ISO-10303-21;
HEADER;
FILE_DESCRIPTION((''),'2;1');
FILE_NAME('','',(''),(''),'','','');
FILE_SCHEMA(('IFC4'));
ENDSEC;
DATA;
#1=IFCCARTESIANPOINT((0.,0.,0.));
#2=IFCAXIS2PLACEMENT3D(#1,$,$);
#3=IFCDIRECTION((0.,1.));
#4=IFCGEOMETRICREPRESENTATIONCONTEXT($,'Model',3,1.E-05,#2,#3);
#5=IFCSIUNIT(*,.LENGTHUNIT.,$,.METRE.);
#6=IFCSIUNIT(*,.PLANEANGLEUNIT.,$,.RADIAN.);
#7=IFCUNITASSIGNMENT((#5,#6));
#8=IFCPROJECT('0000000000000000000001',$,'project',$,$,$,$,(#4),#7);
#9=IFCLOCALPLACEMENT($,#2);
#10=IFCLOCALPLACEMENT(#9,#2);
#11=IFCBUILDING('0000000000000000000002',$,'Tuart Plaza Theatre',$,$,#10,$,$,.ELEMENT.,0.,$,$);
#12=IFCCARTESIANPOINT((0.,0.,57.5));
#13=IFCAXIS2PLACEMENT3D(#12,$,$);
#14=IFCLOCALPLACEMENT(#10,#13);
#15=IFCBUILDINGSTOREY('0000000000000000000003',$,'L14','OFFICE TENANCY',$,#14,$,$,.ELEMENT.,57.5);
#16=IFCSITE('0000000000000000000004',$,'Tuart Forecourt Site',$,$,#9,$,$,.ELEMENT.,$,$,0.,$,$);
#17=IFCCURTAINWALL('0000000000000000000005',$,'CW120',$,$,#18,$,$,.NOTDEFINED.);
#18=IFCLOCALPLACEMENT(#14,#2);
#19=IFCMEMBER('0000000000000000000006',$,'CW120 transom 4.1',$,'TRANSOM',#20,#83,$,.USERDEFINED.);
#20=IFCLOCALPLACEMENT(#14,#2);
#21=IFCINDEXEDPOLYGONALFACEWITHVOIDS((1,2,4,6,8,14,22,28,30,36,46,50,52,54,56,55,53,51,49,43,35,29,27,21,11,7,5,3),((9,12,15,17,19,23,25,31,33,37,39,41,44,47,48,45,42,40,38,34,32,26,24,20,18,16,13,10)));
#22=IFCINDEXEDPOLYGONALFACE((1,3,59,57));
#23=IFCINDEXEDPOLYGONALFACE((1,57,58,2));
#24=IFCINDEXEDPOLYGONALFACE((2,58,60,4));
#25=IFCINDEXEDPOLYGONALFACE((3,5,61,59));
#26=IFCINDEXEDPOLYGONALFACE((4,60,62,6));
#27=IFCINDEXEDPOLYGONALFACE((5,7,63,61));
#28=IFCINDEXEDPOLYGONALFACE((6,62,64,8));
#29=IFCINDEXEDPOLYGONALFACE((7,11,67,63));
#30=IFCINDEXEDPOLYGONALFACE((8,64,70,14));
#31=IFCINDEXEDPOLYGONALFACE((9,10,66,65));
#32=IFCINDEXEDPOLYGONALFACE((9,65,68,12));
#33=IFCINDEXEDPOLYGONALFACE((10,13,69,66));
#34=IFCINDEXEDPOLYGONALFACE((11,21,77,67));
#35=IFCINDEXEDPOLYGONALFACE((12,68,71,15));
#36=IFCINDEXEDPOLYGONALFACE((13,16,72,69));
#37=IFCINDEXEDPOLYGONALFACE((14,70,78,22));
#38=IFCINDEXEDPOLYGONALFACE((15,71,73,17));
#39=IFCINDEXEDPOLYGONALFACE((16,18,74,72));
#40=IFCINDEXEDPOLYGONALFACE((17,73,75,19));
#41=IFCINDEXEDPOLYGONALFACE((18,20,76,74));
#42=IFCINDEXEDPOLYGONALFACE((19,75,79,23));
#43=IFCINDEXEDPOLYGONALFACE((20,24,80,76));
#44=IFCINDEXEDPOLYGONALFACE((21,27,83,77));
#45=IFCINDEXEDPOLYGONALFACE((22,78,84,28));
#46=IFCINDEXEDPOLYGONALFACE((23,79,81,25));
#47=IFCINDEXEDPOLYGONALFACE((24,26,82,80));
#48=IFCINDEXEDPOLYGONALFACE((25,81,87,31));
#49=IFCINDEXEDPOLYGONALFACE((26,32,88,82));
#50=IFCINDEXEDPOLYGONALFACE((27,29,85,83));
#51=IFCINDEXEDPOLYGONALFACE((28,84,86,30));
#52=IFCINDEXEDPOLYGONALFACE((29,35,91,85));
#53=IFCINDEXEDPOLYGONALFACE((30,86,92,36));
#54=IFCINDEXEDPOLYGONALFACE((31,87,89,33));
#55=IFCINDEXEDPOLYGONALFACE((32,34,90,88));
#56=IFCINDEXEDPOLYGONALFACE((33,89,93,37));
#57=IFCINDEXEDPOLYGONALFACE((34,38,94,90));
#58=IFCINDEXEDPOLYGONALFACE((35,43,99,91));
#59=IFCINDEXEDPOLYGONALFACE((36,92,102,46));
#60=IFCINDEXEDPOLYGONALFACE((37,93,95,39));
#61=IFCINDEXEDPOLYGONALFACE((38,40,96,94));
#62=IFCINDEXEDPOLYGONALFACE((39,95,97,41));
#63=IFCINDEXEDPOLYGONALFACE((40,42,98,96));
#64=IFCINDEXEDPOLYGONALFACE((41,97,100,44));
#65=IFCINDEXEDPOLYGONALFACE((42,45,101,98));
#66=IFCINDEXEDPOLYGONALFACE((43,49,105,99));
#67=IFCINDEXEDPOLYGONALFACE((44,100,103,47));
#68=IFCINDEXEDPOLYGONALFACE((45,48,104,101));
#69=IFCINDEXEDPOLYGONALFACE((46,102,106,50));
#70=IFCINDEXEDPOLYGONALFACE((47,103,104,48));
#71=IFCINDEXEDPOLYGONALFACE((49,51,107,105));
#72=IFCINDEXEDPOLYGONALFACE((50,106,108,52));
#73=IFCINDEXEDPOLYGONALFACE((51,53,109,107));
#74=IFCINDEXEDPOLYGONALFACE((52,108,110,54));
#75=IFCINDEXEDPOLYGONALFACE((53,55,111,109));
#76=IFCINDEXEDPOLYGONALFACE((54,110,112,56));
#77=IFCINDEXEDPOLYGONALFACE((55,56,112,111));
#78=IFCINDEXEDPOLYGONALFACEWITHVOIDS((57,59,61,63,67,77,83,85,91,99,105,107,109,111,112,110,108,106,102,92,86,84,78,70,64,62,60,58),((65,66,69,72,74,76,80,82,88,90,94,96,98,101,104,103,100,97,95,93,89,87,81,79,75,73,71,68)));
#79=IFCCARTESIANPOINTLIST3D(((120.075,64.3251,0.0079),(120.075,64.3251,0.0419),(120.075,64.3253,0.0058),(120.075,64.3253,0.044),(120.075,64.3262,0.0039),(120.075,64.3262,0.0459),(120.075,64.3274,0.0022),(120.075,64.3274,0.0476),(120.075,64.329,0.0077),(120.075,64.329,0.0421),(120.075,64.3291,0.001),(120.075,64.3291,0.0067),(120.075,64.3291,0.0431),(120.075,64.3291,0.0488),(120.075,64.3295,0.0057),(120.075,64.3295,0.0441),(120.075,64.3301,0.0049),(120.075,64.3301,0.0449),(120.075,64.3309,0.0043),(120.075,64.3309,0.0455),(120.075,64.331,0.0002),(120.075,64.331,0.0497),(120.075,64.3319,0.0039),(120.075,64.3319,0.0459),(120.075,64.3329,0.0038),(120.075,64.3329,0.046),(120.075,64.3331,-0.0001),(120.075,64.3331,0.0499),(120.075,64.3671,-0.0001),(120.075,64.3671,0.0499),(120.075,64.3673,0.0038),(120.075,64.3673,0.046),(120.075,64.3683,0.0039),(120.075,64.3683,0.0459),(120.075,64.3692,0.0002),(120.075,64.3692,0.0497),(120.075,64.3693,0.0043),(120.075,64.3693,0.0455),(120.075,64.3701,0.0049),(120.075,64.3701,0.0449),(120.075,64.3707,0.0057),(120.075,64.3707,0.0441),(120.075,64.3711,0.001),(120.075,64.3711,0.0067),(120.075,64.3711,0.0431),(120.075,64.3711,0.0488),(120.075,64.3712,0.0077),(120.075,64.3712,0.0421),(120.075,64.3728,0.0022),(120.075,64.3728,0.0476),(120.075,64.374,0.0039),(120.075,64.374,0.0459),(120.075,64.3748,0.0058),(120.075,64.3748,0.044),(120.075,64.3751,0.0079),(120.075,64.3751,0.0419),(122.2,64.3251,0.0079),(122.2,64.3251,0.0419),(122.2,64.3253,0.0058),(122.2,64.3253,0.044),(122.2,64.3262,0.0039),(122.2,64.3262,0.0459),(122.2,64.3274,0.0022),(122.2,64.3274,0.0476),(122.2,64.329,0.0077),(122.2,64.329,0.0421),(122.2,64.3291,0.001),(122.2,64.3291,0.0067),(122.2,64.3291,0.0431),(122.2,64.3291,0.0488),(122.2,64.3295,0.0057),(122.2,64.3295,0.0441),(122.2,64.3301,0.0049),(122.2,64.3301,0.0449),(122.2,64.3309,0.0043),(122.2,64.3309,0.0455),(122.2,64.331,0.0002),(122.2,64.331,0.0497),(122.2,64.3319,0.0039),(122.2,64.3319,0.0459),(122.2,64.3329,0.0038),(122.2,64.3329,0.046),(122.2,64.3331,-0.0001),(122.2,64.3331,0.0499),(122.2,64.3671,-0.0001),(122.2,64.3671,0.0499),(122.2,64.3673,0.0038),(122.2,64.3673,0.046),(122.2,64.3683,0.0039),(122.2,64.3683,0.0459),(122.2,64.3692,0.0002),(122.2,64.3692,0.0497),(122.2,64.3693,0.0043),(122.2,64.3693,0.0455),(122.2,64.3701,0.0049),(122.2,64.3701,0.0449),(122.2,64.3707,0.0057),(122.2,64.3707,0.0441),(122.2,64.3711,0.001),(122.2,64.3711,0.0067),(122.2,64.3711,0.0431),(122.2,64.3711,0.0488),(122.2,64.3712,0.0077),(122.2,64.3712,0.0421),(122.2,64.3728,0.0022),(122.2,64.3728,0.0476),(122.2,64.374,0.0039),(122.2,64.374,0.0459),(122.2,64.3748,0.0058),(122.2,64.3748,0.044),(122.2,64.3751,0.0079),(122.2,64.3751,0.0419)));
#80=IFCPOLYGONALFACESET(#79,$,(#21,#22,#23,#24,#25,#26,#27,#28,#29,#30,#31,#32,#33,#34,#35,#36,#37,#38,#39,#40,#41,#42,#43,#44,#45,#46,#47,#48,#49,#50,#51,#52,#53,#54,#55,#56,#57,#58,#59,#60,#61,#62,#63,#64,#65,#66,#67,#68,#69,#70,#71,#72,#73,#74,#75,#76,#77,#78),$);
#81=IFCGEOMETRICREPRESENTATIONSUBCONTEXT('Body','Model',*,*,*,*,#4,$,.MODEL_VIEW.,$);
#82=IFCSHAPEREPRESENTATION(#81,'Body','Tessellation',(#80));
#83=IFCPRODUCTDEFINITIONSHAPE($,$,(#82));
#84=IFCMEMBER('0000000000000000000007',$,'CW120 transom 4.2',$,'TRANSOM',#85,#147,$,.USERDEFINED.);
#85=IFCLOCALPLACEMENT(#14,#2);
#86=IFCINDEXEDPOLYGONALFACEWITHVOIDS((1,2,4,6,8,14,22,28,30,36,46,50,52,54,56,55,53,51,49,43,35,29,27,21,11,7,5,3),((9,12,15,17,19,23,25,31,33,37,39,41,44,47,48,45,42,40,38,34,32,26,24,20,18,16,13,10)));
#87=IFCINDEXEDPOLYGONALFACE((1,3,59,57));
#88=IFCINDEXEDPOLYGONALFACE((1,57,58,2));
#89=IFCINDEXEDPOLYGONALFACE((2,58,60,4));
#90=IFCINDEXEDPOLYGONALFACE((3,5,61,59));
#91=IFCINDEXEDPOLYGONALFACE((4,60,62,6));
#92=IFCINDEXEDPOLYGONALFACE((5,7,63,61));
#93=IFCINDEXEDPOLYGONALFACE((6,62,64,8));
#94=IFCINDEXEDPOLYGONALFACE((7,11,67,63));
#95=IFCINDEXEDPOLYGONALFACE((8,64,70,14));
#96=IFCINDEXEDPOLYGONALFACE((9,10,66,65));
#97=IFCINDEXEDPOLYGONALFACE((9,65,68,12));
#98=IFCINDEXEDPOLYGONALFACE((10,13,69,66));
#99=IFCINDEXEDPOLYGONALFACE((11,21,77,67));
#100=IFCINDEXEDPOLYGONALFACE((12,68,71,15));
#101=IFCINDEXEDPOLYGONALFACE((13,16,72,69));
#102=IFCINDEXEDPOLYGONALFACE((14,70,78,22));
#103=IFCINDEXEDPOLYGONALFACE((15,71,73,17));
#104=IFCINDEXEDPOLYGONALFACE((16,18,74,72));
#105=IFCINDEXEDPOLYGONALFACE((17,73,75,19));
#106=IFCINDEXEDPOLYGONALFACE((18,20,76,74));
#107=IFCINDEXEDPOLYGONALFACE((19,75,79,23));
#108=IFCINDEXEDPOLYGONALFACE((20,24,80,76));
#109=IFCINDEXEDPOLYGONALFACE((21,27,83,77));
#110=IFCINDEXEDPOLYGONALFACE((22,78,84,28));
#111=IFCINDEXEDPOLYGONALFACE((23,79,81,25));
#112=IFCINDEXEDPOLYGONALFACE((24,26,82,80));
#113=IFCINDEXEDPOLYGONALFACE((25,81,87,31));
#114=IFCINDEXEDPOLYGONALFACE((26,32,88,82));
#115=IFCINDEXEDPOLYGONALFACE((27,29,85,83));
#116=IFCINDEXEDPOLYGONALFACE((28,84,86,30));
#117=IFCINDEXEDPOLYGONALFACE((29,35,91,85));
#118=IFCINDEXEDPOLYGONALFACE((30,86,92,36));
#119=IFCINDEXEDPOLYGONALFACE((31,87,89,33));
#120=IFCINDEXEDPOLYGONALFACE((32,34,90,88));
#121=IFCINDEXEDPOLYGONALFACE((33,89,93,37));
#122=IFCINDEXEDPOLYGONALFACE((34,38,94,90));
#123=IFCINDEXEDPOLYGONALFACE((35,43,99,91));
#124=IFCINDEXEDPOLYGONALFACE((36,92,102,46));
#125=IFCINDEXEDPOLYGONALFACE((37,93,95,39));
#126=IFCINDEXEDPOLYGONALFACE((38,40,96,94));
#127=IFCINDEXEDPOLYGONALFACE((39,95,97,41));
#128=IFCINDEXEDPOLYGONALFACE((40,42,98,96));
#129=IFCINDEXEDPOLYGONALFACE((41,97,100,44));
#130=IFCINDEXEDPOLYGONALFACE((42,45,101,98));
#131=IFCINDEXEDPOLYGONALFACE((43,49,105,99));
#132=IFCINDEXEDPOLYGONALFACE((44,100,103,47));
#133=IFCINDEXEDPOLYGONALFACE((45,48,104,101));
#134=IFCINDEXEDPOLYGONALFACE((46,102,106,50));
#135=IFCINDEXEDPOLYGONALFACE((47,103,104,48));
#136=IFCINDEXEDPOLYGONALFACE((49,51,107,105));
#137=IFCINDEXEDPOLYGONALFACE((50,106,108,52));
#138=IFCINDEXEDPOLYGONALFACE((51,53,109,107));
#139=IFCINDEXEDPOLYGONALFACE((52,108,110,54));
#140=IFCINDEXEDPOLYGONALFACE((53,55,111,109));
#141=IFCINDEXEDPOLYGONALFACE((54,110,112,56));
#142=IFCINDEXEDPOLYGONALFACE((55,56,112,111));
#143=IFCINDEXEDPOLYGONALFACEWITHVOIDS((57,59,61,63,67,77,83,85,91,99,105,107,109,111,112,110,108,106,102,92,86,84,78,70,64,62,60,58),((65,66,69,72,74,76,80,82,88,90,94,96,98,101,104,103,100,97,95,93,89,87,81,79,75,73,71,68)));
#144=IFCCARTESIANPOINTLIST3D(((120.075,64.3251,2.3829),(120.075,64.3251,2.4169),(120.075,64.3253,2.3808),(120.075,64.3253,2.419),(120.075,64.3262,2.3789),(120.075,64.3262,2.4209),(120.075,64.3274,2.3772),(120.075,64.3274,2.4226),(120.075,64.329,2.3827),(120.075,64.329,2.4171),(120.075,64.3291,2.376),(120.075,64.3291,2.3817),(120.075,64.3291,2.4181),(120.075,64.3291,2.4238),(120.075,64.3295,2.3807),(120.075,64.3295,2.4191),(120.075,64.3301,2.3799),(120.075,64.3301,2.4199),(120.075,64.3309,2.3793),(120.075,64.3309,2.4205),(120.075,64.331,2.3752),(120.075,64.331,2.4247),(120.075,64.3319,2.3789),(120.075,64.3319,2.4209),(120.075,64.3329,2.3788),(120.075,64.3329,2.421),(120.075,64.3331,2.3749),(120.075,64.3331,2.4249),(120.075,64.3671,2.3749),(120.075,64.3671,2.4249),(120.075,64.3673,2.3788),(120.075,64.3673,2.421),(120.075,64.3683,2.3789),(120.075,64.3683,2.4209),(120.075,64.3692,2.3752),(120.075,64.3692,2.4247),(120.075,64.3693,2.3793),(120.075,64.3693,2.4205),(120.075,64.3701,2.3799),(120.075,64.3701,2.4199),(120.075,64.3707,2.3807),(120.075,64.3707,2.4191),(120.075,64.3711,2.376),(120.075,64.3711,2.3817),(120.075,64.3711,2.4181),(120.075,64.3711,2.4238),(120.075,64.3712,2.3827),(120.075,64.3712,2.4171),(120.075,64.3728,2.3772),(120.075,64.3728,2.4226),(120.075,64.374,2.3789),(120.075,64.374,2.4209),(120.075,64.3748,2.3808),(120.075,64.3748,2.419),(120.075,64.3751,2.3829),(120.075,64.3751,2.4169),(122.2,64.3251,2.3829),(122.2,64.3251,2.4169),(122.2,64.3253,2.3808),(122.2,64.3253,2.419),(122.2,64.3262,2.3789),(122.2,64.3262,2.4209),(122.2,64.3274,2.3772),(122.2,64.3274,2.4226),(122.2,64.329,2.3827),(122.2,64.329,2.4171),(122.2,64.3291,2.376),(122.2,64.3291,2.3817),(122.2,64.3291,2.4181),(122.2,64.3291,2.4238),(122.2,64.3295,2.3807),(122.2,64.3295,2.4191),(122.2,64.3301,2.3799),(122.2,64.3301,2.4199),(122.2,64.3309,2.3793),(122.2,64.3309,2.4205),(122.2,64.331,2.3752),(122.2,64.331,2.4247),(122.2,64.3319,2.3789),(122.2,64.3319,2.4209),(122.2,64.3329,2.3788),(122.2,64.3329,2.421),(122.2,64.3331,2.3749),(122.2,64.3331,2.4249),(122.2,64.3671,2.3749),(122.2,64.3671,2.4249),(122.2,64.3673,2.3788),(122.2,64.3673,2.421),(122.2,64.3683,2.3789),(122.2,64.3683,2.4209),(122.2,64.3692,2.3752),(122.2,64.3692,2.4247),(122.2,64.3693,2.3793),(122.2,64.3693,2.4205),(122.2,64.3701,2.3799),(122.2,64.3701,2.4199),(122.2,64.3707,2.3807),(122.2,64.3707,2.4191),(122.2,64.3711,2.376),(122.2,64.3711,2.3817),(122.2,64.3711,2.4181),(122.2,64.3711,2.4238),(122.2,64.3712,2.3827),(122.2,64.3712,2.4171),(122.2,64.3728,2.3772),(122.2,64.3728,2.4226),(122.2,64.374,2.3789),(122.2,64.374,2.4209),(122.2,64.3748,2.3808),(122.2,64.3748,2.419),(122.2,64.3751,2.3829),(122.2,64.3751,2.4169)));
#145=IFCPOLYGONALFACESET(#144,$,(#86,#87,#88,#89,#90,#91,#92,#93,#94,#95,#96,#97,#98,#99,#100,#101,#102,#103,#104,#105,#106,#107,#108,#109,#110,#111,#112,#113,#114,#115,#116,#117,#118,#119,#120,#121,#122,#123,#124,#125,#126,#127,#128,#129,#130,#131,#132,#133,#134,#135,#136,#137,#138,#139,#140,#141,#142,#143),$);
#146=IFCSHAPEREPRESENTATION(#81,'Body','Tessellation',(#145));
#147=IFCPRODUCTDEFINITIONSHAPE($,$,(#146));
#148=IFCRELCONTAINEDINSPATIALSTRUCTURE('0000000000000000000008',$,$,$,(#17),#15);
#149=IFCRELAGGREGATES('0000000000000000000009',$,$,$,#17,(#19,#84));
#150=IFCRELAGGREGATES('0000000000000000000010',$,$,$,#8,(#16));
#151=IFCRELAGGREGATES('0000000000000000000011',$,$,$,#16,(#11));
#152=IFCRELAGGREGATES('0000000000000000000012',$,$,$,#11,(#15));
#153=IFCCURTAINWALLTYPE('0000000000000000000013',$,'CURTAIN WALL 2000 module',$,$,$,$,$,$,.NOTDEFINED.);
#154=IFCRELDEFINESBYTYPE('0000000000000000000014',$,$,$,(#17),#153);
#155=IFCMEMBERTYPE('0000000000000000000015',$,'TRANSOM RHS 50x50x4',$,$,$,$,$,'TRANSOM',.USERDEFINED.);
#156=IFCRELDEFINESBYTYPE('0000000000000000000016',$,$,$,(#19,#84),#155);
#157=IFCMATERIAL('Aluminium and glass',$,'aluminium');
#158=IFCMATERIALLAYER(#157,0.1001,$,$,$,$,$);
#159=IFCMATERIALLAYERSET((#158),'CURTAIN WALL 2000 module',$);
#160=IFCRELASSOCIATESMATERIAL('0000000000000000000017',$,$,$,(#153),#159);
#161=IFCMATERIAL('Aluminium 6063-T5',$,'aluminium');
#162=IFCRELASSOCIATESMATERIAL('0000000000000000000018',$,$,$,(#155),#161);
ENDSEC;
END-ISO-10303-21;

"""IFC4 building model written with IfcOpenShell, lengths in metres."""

from ifc_helpers import new_model, si_unit, direction, frame, origin, origin_2d, place, context, subcontext, project, spatial, hollow_rectangle, extrude, material, layer, layer_set, material_profile, profile_set, type_object, element, aggregate, save


model = new_model("IFC4")

# Units and contexts
model_context = context("Model", 3, precision=1e-05, world=origin(), true_north=direction((0.0, 1.0)))
body_context = subcontext(model_context, "Body", "Model", "MODEL_VIEW")
ifc_project = project(units=[si_unit("LENGTHUNIT", "METRE"), si_unit("PLANEANGLEUNIT", "RADIAN")], contexts=[model_context])

# Site, building, storey
site_placement = place(None, origin())
site = spatial("IfcSite", under=ifc_project, at=site_placement, Name="Tuart Forecourt Site", CompositionType="ELEMENT", RefElevation=0.0)
building_placement = place(site_placement, origin())
building = spatial("IfcBuilding", under=site, at=building_placement, Name="Tuart Plaza Theatre", CompositionType="ELEMENT", ElevationOfRefHeight=0.0)
storey_placement = place(building_placement, frame((0.0, 0.0, 57.5)))
storey = spatial("IfcBuildingStorey", under=building, at=storey_placement, Name="L14", Description="OFFICE TENANCY", CompositionType="ELEMENT", Elevation=57.5)

# Curtain wall
ifc_material_1 = material(Name="Aluminium and glass", Category="aluminium")
ifc_layer_1 = layer(ifc_material_1, 0.1001)
ifc_layer_set_1 = layer_set([ifc_layer_1], Name="CURTAIN WALL 2000 module")
curtain_wall_type = type_object("IfcCurtainWallType", Name="CURTAIN WALL 2000 module", PredefinedType="NOTDEFINED", material=ifc_layer_set_1)
curtain_wall_1_placement = place(storey_placement, origin())
curtain_wall_1 = element("IfcCurtainWall", 1, at=curtain_wall_1_placement, inside=storey, type_object=curtain_wall_type, Name="CW120", PredefinedType="NOTDEFINED")

# Members
ifc_material_2 = material(Name="Aluminium 6063-T5", Category="aluminium")
ifc_material_profile_1 = material_profile(ifc_material_2, hollow_rectangle(XDim=0.05, YDim=0.05, WallThickness=0.0039, InnerFilletRadius=0.0039, OuterFilletRadius=0.0081, at=origin_2d()), Name="RHS 50x50x4")
ifc_profile_set_1 = profile_set([ifc_material_profile_1], Name="Aluminium 6063-T5")
member_type_1 = type_object("IfcMemberType", Name="TRANSOM RHS 50x50x4", ElementType="TRANSOM", PredefinedType="USERDEFINED", material=ifc_profile_set_1)
member_1_placement = place(storey_placement, frame((120.075, 64.3501, 0.0249), z_axis=(1.0, 0.0, 0.0), x_axis=(0.0, 1.0, 0.0)))
member_1 = element("IfcMember", 2, at=member_1_placement, type_object=member_type_1, Name="CW120 transom 4.1", ObjectType="TRANSOM", PredefinedType="USERDEFINED", context=body_context, shape_type="SweptSolid", body=[
    extrude(hollow_rectangle(XDim=0.05, YDim=0.05, WallThickness=0.0039, InnerFilletRadius=0.0039, OuterFilletRadius=0.0081, at=origin_2d()), origin(), (0.0, 0.0, 1.0), 2.125),
])
member_2_placement = place(storey_placement, frame((120.075, 64.3501, 2.3999), z_axis=(1.0, 0.0, 0.0), x_axis=(0.0, 1.0, 0.0)))
member_2 = element("IfcMember", 3, at=member_2_placement, type_object=member_type_1, Name="CW120 transom 4.2", ObjectType="TRANSOM", PredefinedType="USERDEFINED", context=body_context, shape_type="SweptSolid", body=[
    extrude(hollow_rectangle(XDim=0.05, YDim=0.05, WallThickness=0.0039, InnerFilletRadius=0.0039, OuterFilletRadius=0.0081, at=origin_2d()), origin(), (0.0, 0.0, 1.0), 2.125),
])

aggregate(curtain_wall_1, [member_1, member_2])

save(model, "model.ifc")
